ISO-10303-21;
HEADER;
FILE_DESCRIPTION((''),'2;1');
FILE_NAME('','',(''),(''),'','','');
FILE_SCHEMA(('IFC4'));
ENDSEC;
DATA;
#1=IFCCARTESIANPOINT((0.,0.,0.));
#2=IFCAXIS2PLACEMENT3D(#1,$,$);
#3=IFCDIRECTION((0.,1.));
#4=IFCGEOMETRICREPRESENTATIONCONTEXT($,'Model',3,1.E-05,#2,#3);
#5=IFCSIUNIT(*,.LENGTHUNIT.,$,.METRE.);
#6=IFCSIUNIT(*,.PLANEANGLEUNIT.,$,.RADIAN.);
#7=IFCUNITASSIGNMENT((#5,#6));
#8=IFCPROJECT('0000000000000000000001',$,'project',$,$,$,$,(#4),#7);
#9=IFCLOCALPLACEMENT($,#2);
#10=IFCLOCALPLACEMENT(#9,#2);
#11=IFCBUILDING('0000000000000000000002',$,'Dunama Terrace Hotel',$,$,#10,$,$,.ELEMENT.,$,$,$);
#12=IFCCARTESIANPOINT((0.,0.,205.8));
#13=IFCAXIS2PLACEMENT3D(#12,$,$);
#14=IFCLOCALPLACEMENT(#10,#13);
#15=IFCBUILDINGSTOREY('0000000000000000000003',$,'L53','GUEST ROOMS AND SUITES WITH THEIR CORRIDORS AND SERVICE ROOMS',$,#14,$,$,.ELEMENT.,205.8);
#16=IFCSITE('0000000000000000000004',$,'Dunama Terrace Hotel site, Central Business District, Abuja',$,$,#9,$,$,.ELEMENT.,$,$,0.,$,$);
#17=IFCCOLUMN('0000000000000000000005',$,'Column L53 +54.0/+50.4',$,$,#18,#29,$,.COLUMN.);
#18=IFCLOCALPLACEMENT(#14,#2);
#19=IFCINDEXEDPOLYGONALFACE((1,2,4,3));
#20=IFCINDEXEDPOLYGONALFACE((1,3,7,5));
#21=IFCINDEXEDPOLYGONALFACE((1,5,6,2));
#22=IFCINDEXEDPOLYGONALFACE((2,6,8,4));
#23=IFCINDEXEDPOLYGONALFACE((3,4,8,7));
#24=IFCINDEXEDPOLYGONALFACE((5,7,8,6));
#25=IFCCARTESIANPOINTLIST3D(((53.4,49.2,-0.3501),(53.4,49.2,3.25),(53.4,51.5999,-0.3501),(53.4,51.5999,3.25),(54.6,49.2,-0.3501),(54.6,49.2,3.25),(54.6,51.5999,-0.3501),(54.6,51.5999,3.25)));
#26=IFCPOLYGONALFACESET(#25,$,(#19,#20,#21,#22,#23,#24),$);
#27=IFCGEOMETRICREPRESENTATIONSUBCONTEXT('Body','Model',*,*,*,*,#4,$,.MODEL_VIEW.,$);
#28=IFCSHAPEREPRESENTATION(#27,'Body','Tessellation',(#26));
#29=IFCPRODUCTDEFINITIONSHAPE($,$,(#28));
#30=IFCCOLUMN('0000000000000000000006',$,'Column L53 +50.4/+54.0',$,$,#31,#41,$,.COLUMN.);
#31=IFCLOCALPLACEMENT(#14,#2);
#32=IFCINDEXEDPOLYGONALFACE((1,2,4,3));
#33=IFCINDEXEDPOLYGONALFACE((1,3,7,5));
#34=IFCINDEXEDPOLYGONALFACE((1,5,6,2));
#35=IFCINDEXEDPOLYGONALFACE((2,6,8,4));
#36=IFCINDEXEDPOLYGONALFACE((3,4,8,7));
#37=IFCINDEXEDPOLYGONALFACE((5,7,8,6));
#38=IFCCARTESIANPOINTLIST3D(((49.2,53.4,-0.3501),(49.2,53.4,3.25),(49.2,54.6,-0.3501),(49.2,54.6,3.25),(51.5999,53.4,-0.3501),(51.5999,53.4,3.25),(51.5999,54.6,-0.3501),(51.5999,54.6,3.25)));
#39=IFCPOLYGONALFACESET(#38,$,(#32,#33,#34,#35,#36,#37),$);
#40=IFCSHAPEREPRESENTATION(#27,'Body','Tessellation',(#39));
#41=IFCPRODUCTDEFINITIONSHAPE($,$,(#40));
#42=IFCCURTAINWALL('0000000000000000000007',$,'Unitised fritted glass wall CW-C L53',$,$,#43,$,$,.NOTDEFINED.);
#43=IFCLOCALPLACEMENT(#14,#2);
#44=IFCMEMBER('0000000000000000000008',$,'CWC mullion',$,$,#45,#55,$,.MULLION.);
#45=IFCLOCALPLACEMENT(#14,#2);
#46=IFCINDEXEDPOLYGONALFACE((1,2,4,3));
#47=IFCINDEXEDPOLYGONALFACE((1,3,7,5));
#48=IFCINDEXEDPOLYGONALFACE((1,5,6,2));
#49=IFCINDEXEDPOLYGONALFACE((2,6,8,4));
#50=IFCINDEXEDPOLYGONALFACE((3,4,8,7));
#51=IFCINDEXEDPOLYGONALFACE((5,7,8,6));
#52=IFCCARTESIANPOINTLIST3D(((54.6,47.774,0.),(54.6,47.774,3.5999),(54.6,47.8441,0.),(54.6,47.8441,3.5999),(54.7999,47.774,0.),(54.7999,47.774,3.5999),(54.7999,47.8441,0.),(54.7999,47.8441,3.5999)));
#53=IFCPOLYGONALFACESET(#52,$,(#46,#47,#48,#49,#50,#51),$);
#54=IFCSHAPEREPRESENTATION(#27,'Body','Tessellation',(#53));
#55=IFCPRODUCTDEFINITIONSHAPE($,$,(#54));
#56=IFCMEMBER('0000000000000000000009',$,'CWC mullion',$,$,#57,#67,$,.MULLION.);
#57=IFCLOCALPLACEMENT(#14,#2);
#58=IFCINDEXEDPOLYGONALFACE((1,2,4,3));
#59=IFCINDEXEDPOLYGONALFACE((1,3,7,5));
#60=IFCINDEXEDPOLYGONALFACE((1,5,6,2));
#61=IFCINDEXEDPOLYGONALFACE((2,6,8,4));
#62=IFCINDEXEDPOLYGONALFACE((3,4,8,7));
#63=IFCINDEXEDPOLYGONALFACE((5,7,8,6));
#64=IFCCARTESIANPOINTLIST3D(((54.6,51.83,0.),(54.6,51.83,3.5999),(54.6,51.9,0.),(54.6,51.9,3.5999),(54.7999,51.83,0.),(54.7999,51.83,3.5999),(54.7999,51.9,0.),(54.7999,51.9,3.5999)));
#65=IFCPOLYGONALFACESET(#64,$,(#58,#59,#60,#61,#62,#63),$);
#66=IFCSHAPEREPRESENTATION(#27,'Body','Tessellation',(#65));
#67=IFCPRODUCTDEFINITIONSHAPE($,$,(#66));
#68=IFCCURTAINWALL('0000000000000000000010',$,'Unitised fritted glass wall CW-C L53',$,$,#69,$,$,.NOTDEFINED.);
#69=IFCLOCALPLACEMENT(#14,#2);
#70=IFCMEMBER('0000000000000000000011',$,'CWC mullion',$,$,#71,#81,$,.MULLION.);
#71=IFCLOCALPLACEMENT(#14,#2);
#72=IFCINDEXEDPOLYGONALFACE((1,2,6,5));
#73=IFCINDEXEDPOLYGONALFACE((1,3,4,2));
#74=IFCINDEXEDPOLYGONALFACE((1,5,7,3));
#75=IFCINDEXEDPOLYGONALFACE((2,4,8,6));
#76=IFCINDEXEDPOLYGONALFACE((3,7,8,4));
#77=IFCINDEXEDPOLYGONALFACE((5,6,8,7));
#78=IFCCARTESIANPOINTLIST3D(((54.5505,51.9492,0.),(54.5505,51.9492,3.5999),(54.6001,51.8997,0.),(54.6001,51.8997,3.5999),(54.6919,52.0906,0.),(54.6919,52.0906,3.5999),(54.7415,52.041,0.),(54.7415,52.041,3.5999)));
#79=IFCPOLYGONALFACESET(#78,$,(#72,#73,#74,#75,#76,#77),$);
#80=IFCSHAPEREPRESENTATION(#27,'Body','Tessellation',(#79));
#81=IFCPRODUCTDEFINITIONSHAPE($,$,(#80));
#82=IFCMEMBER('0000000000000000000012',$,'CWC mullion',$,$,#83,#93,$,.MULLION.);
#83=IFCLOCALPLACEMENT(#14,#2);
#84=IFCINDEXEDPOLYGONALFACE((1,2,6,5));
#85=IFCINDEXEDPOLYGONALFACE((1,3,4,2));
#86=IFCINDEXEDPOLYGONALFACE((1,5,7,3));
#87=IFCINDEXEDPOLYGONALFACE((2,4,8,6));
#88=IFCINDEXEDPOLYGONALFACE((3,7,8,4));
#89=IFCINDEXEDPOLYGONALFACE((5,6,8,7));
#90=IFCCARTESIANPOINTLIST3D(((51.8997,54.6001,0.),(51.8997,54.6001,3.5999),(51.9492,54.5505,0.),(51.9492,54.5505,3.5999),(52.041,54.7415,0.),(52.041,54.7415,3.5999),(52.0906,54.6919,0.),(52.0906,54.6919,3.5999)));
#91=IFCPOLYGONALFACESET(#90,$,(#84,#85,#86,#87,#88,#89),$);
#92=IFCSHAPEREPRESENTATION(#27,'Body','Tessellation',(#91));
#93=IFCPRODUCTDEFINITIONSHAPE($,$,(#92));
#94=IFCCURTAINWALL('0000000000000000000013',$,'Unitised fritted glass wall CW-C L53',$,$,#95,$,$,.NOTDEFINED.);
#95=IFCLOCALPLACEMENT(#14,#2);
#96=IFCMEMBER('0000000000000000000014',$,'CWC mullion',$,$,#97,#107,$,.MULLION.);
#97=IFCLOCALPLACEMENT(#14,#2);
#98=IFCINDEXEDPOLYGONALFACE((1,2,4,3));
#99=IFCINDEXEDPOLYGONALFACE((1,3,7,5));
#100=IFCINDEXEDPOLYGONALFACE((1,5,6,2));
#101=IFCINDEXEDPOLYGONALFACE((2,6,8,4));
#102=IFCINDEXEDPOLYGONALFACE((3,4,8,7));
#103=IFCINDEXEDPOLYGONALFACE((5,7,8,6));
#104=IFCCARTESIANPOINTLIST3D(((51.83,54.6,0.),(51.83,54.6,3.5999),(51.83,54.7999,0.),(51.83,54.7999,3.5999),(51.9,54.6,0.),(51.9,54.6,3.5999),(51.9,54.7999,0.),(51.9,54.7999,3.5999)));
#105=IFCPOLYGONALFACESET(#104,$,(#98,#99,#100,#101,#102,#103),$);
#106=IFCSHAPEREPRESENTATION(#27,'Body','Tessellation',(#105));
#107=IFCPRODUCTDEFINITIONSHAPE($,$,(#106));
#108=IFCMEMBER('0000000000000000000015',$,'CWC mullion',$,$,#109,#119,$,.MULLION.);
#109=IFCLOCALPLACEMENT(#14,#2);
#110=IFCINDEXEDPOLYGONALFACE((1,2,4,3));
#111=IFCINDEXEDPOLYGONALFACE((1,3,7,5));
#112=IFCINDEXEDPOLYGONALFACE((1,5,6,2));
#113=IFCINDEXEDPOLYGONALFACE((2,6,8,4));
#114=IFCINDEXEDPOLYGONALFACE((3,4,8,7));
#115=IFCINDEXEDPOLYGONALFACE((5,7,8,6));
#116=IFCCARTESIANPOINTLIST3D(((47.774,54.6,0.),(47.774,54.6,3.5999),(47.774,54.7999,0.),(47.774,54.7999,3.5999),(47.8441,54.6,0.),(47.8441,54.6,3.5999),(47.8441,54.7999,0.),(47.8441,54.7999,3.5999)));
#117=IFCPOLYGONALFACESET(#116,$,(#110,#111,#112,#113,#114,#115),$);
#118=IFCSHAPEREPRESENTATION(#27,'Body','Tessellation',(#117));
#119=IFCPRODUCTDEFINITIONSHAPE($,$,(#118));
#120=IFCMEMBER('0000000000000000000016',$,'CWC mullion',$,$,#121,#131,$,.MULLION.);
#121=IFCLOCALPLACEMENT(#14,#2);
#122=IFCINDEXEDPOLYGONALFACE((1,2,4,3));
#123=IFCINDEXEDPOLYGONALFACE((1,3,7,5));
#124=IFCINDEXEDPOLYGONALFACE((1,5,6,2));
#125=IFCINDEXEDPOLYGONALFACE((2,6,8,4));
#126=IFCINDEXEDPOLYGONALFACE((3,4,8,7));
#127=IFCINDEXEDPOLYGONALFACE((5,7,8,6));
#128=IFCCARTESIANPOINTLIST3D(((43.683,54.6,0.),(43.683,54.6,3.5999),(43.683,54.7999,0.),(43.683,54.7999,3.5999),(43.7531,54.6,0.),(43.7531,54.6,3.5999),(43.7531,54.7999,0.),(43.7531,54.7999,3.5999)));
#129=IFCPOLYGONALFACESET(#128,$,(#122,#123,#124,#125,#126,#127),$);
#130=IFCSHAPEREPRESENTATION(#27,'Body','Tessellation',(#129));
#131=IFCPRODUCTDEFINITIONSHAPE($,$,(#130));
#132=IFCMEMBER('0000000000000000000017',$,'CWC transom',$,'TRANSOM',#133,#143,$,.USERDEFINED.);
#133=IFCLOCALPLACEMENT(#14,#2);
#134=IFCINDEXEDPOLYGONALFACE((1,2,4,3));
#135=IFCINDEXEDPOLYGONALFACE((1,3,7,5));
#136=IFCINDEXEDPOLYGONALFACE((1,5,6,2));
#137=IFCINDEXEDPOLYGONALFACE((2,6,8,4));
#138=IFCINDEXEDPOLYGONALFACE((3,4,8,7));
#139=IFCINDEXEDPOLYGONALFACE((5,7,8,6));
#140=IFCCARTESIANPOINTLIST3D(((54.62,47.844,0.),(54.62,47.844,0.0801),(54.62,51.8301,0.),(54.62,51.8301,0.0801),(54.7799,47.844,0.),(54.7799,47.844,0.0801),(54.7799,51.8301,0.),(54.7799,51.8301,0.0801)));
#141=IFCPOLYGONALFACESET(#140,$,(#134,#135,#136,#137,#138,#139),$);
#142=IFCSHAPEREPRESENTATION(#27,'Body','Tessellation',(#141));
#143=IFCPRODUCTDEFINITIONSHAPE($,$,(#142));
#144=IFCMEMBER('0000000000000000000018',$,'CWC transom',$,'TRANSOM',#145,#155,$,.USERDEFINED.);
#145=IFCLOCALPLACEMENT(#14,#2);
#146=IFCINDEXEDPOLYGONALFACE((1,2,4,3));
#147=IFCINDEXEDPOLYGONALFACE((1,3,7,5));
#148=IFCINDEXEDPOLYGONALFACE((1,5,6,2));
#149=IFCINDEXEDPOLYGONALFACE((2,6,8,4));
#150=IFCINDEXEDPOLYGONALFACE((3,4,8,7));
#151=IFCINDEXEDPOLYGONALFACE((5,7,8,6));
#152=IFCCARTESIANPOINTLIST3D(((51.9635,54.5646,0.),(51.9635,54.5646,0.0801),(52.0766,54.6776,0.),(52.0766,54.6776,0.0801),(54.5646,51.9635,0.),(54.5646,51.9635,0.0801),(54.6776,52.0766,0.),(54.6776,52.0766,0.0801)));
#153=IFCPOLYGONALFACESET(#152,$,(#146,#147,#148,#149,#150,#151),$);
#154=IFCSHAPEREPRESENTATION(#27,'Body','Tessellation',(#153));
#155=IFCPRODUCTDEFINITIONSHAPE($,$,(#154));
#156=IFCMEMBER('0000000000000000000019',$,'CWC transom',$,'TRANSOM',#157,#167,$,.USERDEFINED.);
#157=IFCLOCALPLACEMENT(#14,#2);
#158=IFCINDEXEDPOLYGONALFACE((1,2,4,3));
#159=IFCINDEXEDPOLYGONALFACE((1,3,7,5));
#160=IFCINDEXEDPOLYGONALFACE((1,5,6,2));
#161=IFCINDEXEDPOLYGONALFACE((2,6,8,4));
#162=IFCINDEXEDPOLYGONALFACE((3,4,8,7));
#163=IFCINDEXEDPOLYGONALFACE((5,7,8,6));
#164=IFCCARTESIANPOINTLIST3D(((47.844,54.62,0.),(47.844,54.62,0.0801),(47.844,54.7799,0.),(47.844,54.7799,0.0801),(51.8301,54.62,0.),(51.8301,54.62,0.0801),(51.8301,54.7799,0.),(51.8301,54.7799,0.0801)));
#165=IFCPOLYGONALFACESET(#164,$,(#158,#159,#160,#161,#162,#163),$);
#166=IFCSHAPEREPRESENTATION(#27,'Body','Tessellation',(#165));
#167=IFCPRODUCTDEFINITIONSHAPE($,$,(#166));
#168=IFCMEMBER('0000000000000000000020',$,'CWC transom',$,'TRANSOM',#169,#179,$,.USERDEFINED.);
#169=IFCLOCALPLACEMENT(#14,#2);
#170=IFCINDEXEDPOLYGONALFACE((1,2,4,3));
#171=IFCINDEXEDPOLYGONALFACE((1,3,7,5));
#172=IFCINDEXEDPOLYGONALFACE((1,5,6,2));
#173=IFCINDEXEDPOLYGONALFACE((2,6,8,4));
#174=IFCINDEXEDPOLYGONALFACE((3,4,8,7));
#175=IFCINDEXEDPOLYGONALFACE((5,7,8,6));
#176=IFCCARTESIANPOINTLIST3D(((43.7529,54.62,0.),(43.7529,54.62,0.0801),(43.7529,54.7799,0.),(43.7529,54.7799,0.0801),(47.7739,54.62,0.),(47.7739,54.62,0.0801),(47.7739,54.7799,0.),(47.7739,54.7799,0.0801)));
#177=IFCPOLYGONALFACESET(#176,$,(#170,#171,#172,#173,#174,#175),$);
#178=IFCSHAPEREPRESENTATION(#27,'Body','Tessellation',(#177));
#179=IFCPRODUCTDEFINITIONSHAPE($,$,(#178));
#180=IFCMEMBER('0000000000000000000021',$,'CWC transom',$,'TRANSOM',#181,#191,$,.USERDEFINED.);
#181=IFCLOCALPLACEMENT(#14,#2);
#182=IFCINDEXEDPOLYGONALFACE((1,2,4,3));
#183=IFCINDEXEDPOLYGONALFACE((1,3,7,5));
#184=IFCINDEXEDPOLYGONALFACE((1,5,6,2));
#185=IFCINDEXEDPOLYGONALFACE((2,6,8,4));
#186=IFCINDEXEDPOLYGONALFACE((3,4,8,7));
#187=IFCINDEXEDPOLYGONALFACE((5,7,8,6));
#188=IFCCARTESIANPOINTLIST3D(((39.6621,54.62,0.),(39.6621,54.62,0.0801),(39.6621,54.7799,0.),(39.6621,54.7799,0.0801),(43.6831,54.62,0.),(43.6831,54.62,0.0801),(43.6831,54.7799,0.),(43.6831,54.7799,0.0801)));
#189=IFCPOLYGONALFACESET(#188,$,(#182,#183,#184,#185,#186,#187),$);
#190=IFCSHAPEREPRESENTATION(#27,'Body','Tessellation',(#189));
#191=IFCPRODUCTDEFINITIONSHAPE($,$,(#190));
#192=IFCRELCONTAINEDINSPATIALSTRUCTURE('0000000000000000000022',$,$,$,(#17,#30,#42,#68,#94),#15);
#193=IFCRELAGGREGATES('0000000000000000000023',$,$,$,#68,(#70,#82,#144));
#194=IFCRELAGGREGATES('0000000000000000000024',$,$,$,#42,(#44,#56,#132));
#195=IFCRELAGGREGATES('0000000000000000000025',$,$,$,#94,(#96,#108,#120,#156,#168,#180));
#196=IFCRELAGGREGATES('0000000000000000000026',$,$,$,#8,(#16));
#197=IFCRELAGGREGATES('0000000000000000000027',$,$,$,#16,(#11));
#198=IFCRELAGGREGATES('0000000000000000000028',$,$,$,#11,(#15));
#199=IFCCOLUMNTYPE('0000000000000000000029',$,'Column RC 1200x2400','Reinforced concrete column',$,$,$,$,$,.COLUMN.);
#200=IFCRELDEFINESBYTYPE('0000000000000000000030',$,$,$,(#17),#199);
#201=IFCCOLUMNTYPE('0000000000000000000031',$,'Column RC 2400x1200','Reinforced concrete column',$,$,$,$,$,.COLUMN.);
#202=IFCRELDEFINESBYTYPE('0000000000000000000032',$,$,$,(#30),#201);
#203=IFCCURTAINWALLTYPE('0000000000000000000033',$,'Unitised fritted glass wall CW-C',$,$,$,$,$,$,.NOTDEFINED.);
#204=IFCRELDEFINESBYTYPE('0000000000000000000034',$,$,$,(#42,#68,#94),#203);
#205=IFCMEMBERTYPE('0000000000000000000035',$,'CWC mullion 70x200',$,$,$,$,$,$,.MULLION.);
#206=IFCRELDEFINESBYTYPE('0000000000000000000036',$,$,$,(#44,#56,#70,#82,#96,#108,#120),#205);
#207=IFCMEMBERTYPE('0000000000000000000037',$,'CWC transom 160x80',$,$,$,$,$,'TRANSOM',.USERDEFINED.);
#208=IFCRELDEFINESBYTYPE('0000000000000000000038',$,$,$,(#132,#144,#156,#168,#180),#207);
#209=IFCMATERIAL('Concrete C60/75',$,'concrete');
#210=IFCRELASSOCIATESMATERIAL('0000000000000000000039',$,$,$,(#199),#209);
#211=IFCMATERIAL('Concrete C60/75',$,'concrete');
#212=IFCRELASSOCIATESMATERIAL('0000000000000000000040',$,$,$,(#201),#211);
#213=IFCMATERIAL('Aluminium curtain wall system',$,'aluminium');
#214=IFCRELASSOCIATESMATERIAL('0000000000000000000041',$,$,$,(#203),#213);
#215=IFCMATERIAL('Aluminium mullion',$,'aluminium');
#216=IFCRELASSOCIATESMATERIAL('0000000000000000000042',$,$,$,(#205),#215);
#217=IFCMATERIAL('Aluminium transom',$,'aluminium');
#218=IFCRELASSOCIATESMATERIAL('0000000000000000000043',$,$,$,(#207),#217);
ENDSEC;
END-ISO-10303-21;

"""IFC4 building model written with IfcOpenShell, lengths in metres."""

from ifc_helpers import new_model, si_unit, direction, frame, origin, origin_2d, place, context, subcontext, project, spatial, rectangle, extrude, material, material_profile, profile_set, type_object, element, aggregate, save


model = new_model("IFC4")

# Units and contexts
model_context = context("Model", 3, precision=1e-05, world=origin(), true_north=direction((0.0, 1.0)))
body_context = subcontext(model_context, "Body", "Model", "MODEL_VIEW")
ifc_project = project(units=[si_unit("LENGTHUNIT", "METRE"), si_unit("PLANEANGLEUNIT", "RADIAN")], contexts=[model_context])

# Site, building, storey
site_placement = place(None, origin())
site = spatial("IfcSite", under=ifc_project, at=site_placement, Name="Dunama Terrace Hotel site, Central Business District, Abuja", CompositionType="ELEMENT", RefElevation=0.0)
building_placement = place(site_placement, origin())
building = spatial("IfcBuilding", under=site, at=building_placement, Name="Dunama Terrace Hotel", CompositionType="ELEMENT")
storey_placement = place(building_placement, frame((0.0, 0.0, 205.8)))
storey = spatial("IfcBuildingStorey", under=building, at=storey_placement, Name="L53", Description="GUEST ROOMS AND SUITES WITH THEIR CORRIDORS AND SERVICE ROOMS", CompositionType="ELEMENT", Elevation=205.8)

# Columns
ifc_material_1 = material(Name="Concrete C60/75", Category="concrete")
ifc_material_profile_1 = material_profile(ifc_material_1, rectangle(XDim=1.2, YDim=2.3999, at=origin_2d()), Name="RC 1200x2400")
ifc_profile_set_1 = profile_set([ifc_material_profile_1], Name="Concrete C60/75")
column_type_1 = type_object("IfcColumnType", Name="Column RC 1200x2400", Description="Reinforced concrete column", PredefinedType="COLUMN", material=ifc_profile_set_1)
column_1_placement = place(storey_placement, frame((54.0, 50.3999, -0.3501), z_axis=(0.0, 0.0, 1.0), x_axis=(1.0, 0.0, 0.0)))
element("IfcColumn", 1, at=column_1_placement, inside=storey, type_object=column_type_1, Name="Column L53 +54.0/+50.4", PredefinedType="COLUMN", context=body_context, shape_type="SweptSolid", body=[
    extrude(rectangle(XDim=1.2, YDim=2.3999, at=origin_2d()), origin(), (0.0, 0.0, 1.0), 3.6001),
])
ifc_material_2 = material(Name="Concrete C60/75", Category="concrete")
ifc_material_profile_2 = material_profile(ifc_material_2, rectangle(XDim=2.3999, YDim=1.2, at=origin_2d()), Name="RC 2400x1200")
ifc_profile_set_2 = profile_set([ifc_material_profile_2], Name="Concrete C60/75")
column_type_2 = type_object("IfcColumnType", Name="Column RC 2400x1200", Description="Reinforced concrete column", PredefinedType="COLUMN", material=ifc_profile_set_2)
column_2_placement = place(storey_placement, frame((50.3999, 54.0, -0.3501), z_axis=(0.0, 0.0, 1.0), x_axis=(1.0, 0.0, 0.0)))
element("IfcColumn", 2, at=column_2_placement, inside=storey, type_object=column_type_2, Name="Column L53 +50.4/+54.0", PredefinedType="COLUMN", context=body_context, shape_type="SweptSolid", body=[
    extrude(rectangle(XDim=2.3999, YDim=1.2, at=origin_2d()), origin(), (0.0, 0.0, 1.0), 3.6001),
])

# Curtain walls, members
ifc_material_3 = material(Name="Aluminium curtain wall system", Category="aluminium")
curtain_wall_type = type_object("IfcCurtainWallType", Name="Unitised fritted glass wall CW-C", PredefinedType="NOTDEFINED", material=ifc_material_3)
curtain_wall_1_placement = place(storey_placement, origin())
curtain_wall_1 = element("IfcCurtainWall", 3, at=curtain_wall_1_placement, inside=storey, type_object=curtain_wall_type, Name="Unitised fritted glass wall CW-C L53", PredefinedType="NOTDEFINED")
ifc_material_4 = material(Name="Aluminium mullion", Category="aluminium")
ifc_material_profile_3 = material_profile(ifc_material_4, rectangle(XDim=0.0701, YDim=0.2, at=origin_2d()), Name="CWC MULLION 70X200")
ifc_profile_set_3 = profile_set([ifc_material_profile_3], Name="Aluminium mullion")
member_type_1 = type_object("IfcMemberType", Name="CWC mullion 70x200", PredefinedType="MULLION", material=ifc_profile_set_3)
member_1_placement = place(storey_placement, frame((54.7, 47.8091, 0.0), z_axis=(0.0, 0.0, 1.0), x_axis=(0.0, 1.0, 0.0)))
member_1 = element("IfcMember", 4, at=member_1_placement, type_object=member_type_1, Name="CWC mullion", PredefinedType="MULLION", context=body_context, shape_type="SweptSolid", body=[
    extrude(rectangle(XDim=0.0701, YDim=0.2, at=origin_2d()), origin(), (0.0, 0.0, 1.0), 3.5999),
])
member_2_placement = place(storey_placement, frame((54.7, 51.865, 0.0), z_axis=(0.0, 0.0, 1.0), x_axis=(0.0, 1.0, 0.0)))
member_2 = element("IfcMember", 5, at=member_2_placement, type_object=member_type_1, Name="CWC mullion", PredefinedType="MULLION", context=body_context, shape_type="SweptSolid", body=[
    extrude(rectangle(XDim=0.0701, YDim=0.2, at=origin_2d()), origin(), (0.0, 0.0, 1.0), 3.5999),
])
curtain_wall_2_placement = place(storey_placement, origin())
curtain_wall_2 = element("IfcCurtainWall", 6, at=curtain_wall_2_placement, inside=storey, type_object=curtain_wall_type, Name="Unitised fritted glass wall CW-C L53", PredefinedType="NOTDEFINED")
member_3_placement = place(storey_placement, frame((54.646, 51.9951, 0.0), z_axis=(0.0, 0.0, 1.0), x_axis=(-0.707107, 0.707107, 0.0)))
member_3 = element("IfcMember", 7, at=member_3_placement, type_object=member_type_1, Name="CWC mullion", PredefinedType="MULLION", context=body_context, shape_type="SweptSolid", body=[
    extrude(rectangle(XDim=0.0701, YDim=0.2, at=origin_2d()), origin(), (0.0, 0.0, 1.0), 3.5999),
])
member_4_placement = place(storey_placement, frame((51.9951, 54.646, 0.0), z_axis=(0.0, 0.0, 1.0), x_axis=(-0.707107, 0.707107, 0.0)))
member_4 = element("IfcMember", 8, at=member_4_placement, type_object=member_type_1, Name="CWC mullion", PredefinedType="MULLION", context=body_context, shape_type="SweptSolid", body=[
    extrude(rectangle(XDim=0.0701, YDim=0.2, at=origin_2d()), origin(), (0.0, 0.0, 1.0), 3.5999),
])
curtain_wall_3_placement = place(storey_placement, origin())
curtain_wall_3 = element("IfcCurtainWall", 9, at=curtain_wall_3_placement, inside=storey, type_object=curtain_wall_type, Name="Unitised fritted glass wall CW-C L53", PredefinedType="NOTDEFINED")
member_5_placement = place(storey_placement, frame((51.865, 54.7, 0.0), z_axis=(0.0, 0.0, 1.0), x_axis=(-1.0, 0.0, 0.0)))
member_5 = element("IfcMember", 10, at=member_5_placement, type_object=member_type_1, Name="CWC mullion", PredefinedType="MULLION", context=body_context, shape_type="SweptSolid", body=[
    extrude(rectangle(XDim=0.0701, YDim=0.2, at=origin_2d()), origin(), (0.0, 0.0, 1.0), 3.5999),
])
member_6_placement = place(storey_placement, frame((47.8091, 54.7, 0.0), z_axis=(0.0, 0.0, 1.0), x_axis=(-1.0, 0.0, 0.0)))
member_6 = element("IfcMember", 11, at=member_6_placement, type_object=member_type_1, Name="CWC mullion", PredefinedType="MULLION", context=body_context, shape_type="SweptSolid", body=[
    extrude(rectangle(XDim=0.0701, YDim=0.2, at=origin_2d()), origin(), (0.0, 0.0, 1.0), 3.5999),
])
member_7_placement = place(storey_placement, frame((43.718, 54.7, 0.0), z_axis=(0.0, 0.0, 1.0), x_axis=(-1.0, 0.0, 0.0)))
member_7 = element("IfcMember", 12, at=member_7_placement, type_object=member_type_1, Name="CWC mullion", PredefinedType="MULLION", context=body_context, shape_type="SweptSolid", body=[
    extrude(rectangle(XDim=0.0701, YDim=0.2, at=origin_2d()), origin(), (0.0, 0.0, 1.0), 3.5999),
])

# Members
ifc_material_5 = material(Name="Aluminium transom", Category="aluminium")
ifc_material_profile_4 = material_profile(ifc_material_5, rectangle(XDim=0.1599, YDim=0.0801, at=origin_2d()), Name="CWC TRANSOM 160X80")
ifc_profile_set_4 = profile_set([ifc_material_profile_4], Name="Aluminium transom")
member_type_2 = type_object("IfcMemberType", Name="CWC transom 160x80", ElementType="TRANSOM", PredefinedType="USERDEFINED", material=ifc_profile_set_4)
member_8_placement = place(storey_placement, frame((54.7, 47.844, 0.04), z_axis=(0.0, 1.0, 0.0), x_axis=(-1.0, 0.0, 0.0)))
member_8 = element("IfcMember", 13, at=member_8_placement, type_object=member_type_2, Name="CWC transom", ObjectType="TRANSOM", PredefinedType="USERDEFINED", context=body_context, shape_type="SweptSolid", body=[
    extrude(rectangle(XDim=0.1599, YDim=0.0801, at=origin_2d()), origin(), (0.0, 0.0, 1.0), 3.9861),
])
member_9_placement = place(storey_placement, frame((54.6211, 52.02, 0.04), z_axis=(-0.707107, 0.707107, 0.0), x_axis=(-0.707107, -0.707107, 0.0)))
member_9 = element("IfcMember", 14, at=member_9_placement, type_object=member_type_2, Name="CWC transom", ObjectType="TRANSOM", PredefinedType="USERDEFINED", context=body_context, shape_type="SweptSolid", body=[
    extrude(rectangle(XDim=0.1599, YDim=0.0801, at=origin_2d()), origin(), (0.0, 0.0, 1.0), 3.6785),
])
member_10_placement = place(storey_placement, frame((51.8301, 54.7, 0.04), z_axis=(-1.0, 0.0, 0.0), x_axis=(0.0, -1.0, 0.0)))
member_10 = element("IfcMember", 15, at=member_10_placement, type_object=member_type_2, Name="CWC transom", ObjectType="TRANSOM", PredefinedType="USERDEFINED", context=body_context, shape_type="SweptSolid", body=[
    extrude(rectangle(XDim=0.1599, YDim=0.0801, at=origin_2d()), origin(), (0.0, 0.0, 1.0), 3.9861),
])
member_11_placement = place(storey_placement, frame((47.7739, 54.7, 0.04), z_axis=(-1.0, 0.0, 0.0), x_axis=(0.0, -1.0, 0.0)))
member_11 = element("IfcMember", 16, at=member_11_placement, type_object=member_type_2, Name="CWC transom", ObjectType="TRANSOM", PredefinedType="USERDEFINED", context=body_context, shape_type="SweptSolid", body=[
    extrude(rectangle(XDim=0.1599, YDim=0.0801, at=origin_2d()), origin(), (0.0, 0.0, 1.0), 4.021),
])
member_12_placement = place(storey_placement, frame((43.6831, 54.7, 0.04), z_axis=(-1.0, 0.0, 0.0), x_axis=(0.0, -1.0, 0.0)))
member_12 = element("IfcMember", 17, at=member_12_placement, type_object=member_type_2, Name="CWC transom", ObjectType="TRANSOM", PredefinedType="USERDEFINED", context=body_context, shape_type="SweptSolid", body=[
    extrude(rectangle(XDim=0.1599, YDim=0.0801, at=origin_2d()), origin(), (0.0, 0.0, 1.0), 4.021),
])

aggregate(curtain_wall_2, [member_3, member_4, member_9])
aggregate(curtain_wall_1, [member_1, member_2, member_8])
aggregate(curtain_wall_3, [member_5, member_6, member_7, member_10, member_11, member_12])

save(model, "model.ifc")
